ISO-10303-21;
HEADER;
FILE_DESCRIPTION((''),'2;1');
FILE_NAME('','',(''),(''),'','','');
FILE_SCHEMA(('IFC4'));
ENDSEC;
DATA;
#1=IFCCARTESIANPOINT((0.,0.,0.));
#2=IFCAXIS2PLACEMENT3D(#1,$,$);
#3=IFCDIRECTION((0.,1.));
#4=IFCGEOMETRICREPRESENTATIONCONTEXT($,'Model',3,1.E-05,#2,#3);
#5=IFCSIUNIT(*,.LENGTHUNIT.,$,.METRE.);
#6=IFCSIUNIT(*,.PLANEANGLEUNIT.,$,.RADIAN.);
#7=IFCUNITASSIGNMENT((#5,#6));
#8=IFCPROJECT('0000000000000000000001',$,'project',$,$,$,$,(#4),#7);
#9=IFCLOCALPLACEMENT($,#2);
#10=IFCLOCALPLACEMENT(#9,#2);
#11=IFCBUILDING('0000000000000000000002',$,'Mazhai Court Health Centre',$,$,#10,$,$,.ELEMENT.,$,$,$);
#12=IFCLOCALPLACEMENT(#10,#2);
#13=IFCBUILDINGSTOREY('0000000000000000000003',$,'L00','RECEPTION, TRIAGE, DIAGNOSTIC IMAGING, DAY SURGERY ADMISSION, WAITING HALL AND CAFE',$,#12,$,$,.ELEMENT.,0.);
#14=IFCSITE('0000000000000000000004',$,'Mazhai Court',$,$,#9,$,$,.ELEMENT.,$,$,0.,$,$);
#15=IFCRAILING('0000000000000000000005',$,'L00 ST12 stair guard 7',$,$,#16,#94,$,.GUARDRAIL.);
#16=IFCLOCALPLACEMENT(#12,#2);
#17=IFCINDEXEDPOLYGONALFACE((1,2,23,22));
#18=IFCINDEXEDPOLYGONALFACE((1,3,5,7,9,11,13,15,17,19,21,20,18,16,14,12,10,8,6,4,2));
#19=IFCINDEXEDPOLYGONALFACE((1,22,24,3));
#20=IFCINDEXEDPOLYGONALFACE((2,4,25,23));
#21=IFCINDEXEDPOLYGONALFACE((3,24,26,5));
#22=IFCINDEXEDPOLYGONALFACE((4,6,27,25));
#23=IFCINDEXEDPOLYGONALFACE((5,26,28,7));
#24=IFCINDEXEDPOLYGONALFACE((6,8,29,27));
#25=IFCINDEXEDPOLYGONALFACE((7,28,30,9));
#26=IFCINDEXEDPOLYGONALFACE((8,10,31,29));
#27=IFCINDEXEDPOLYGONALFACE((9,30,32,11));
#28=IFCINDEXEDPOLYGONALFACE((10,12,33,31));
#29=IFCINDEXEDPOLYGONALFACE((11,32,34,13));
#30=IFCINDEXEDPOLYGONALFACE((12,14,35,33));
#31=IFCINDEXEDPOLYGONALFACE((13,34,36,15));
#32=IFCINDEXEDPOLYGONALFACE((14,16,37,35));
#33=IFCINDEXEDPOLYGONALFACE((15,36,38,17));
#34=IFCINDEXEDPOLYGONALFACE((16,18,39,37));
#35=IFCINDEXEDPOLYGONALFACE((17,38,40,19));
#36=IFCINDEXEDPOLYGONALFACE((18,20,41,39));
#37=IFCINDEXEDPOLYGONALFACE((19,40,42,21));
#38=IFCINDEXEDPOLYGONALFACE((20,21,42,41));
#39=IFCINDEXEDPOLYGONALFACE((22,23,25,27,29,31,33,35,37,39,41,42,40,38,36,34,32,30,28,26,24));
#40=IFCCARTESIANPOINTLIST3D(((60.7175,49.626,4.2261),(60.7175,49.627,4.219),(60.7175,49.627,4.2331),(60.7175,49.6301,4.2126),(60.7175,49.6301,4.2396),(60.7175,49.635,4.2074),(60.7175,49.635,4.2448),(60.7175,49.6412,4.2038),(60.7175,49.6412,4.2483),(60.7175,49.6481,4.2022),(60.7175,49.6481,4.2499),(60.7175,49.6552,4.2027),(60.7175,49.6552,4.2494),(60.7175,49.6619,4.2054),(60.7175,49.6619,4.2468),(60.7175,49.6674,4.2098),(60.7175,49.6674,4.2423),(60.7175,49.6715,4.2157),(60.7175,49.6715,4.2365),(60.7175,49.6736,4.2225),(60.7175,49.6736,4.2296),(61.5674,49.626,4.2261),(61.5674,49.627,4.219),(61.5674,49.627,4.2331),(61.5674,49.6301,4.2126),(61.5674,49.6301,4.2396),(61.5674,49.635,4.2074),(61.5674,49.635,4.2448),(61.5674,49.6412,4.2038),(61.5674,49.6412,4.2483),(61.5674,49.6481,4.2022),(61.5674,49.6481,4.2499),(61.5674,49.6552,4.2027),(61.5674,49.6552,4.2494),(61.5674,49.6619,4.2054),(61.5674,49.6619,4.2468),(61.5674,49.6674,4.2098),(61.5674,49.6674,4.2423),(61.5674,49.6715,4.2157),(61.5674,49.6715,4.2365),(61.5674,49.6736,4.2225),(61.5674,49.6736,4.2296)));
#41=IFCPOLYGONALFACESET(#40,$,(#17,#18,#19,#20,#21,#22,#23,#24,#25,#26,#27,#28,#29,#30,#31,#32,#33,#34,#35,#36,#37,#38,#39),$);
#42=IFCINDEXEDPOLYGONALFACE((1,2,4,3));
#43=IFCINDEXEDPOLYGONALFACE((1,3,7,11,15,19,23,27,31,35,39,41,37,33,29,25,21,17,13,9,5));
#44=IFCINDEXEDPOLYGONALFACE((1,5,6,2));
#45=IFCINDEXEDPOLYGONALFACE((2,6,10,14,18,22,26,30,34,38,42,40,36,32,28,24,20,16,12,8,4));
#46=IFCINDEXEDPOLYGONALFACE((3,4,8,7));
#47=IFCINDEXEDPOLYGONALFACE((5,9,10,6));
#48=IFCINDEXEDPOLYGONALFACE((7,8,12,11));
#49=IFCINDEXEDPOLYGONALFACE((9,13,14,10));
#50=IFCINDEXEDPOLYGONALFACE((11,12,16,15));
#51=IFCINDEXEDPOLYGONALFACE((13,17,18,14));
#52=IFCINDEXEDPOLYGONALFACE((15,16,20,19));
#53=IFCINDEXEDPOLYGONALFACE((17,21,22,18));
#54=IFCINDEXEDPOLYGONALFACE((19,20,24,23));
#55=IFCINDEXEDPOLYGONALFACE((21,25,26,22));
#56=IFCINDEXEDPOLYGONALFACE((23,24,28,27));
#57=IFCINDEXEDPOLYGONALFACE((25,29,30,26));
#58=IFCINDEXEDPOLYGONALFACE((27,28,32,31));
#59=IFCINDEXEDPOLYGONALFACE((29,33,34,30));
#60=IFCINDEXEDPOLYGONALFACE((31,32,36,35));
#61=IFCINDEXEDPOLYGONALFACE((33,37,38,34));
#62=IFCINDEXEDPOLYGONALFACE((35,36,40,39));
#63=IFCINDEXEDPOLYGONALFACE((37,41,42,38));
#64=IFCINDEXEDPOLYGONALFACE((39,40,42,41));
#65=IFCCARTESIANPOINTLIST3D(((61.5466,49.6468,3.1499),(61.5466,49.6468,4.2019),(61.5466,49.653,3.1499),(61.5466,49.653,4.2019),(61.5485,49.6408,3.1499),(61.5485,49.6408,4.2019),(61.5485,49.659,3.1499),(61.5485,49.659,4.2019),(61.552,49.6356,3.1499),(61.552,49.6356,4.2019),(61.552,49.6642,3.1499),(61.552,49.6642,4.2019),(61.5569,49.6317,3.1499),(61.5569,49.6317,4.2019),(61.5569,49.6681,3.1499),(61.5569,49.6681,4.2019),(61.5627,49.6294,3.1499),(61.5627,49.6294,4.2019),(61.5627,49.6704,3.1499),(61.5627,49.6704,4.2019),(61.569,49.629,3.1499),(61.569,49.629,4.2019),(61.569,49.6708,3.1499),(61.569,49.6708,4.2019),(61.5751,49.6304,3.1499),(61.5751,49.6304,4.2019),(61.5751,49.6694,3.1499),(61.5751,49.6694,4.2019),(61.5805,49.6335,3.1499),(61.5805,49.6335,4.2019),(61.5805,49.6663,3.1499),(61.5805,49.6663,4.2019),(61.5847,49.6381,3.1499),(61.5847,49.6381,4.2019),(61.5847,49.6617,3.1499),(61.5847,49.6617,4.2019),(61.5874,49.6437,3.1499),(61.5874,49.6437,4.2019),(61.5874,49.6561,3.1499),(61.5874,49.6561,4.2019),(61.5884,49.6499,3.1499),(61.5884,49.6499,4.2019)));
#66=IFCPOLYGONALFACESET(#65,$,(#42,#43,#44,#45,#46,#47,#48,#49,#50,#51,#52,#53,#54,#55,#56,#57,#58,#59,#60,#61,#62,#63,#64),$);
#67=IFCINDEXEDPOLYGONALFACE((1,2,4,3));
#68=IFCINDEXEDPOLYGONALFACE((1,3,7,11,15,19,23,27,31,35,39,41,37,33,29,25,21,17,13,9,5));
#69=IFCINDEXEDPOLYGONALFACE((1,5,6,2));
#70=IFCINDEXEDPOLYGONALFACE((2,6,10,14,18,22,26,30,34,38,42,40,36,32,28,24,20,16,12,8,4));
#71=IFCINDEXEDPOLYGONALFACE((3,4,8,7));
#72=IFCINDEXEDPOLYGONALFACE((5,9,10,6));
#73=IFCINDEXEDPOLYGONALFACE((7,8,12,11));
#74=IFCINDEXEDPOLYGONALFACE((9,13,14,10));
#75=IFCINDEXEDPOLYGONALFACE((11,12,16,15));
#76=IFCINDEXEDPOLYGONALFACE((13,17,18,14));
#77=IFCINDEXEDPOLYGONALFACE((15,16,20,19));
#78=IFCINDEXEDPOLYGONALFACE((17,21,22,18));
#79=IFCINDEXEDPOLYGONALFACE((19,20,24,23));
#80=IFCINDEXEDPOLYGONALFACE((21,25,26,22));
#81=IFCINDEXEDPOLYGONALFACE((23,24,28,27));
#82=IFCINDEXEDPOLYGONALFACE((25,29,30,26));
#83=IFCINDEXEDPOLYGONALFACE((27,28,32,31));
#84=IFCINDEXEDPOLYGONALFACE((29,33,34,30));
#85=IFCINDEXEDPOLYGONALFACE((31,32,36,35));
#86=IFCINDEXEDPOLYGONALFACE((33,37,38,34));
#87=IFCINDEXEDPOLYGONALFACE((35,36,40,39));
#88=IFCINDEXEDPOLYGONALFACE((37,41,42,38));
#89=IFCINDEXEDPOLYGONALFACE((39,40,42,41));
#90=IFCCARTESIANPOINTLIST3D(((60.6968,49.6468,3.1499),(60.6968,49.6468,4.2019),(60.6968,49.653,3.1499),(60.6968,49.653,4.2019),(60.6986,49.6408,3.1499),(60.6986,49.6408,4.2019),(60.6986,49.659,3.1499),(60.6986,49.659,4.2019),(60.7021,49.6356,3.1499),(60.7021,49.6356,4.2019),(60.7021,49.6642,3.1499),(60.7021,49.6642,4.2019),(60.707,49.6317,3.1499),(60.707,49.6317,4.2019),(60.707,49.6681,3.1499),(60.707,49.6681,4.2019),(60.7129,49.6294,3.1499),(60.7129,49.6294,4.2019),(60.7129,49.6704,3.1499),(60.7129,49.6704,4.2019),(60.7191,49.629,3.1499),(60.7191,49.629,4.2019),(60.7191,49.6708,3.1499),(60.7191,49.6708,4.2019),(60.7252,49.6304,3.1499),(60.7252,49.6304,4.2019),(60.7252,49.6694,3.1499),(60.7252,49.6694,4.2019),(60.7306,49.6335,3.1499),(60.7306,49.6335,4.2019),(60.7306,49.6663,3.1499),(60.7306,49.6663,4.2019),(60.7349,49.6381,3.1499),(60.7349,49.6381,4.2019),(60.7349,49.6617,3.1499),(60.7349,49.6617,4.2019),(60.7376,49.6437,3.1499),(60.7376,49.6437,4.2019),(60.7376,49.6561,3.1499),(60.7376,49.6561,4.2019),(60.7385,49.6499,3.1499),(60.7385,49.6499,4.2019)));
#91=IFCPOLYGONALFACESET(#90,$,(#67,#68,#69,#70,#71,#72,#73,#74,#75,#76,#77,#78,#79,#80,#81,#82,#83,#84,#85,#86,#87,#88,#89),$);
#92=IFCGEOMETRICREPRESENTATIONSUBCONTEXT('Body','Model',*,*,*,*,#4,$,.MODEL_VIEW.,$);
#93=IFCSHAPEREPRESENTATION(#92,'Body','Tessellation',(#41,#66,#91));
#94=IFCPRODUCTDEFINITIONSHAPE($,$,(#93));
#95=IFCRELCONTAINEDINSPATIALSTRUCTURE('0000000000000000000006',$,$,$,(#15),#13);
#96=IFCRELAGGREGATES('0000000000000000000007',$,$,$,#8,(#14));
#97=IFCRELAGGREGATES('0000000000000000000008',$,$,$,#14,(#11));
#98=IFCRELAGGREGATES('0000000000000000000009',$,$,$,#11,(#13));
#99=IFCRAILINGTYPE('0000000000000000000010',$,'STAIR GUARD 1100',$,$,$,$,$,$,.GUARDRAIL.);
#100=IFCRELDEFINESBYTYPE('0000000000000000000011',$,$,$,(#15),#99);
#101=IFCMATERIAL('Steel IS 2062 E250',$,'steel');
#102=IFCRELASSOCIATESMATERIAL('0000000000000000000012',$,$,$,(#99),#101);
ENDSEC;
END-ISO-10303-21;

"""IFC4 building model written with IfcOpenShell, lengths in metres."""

from ifc_helpers import new_model, si_unit, direction, frame, origin, origin_2d, place, context, subcontext, project, spatial, circle, extrude, material, type_object, element, save


model = new_model("IFC4")

# Units and contexts
model_context = context("Model", 3, precision=1e-05, world=origin(), true_north=direction((0.0, 1.0)))
body_context = subcontext(model_context, "Body", "Model", "MODEL_VIEW")
ifc_project = project(units=[si_unit("LENGTHUNIT", "METRE"), si_unit("PLANEANGLEUNIT", "RADIAN")], contexts=[model_context])

# Site, building, storey
site_placement = place(None, origin())
site = spatial("IfcSite", under=ifc_project, at=site_placement, Name="Mazhai Court", CompositionType="ELEMENT", RefElevation=0.0)
building_placement = place(site_placement, origin())
building = spatial("IfcBuilding", under=site, at=building_placement, Name="Mazhai Court Health Centre", CompositionType="ELEMENT")
storey_placement = place(building_placement, origin())
storey = spatial("IfcBuildingStorey", under=building, at=storey_placement, Name="L00", Description="RECEPTION, TRIAGE, DIAGNOSTIC IMAGING, DAY SURGERY ADMISSION, WAITING HALL AND CAFE", CompositionType="ELEMENT", Elevation=0.0)

# Railing
ifc_material_1 = material(Name="Steel IS 2062 E250", Category="steel")
railing_type_1 = type_object("IfcRailingType", Name="STAIR GUARD 1100", PredefinedType="GUARDRAIL", material=ifc_material_1)
railing_1_placement = place(storey_placement, frame((61.5674, 49.6499, 3.1499)))
element("IfcRailing", 1, at=railing_1_placement, inside=storey, type_object=railing_type_1, Name="L00 ST12 stair guard 7", PredefinedType="GUARDRAIL", context=body_context, shape_type="SweptSolid", body=[
    extrude(circle(Radius=0.0239, at=origin_2d()), frame((0.0, 0.0, 1.0762), z_axis=(-1.0, 0.0, 0.0), x_axis=(0.0, -1.0, 0.0)), (0.0, 0.0, 1.0), 0.8499),
    extrude(circle(Radius=0.021, at=origin_2d()), origin(), (0.0, 0.0, 1.0), 1.052),
    extrude(circle(Radius=0.021, at=origin_2d()), frame((-0.8499, 0.0, 0.0)), (0.0, 0.0, 1.0), 1.052),
])

save(model, "model.ifc")
